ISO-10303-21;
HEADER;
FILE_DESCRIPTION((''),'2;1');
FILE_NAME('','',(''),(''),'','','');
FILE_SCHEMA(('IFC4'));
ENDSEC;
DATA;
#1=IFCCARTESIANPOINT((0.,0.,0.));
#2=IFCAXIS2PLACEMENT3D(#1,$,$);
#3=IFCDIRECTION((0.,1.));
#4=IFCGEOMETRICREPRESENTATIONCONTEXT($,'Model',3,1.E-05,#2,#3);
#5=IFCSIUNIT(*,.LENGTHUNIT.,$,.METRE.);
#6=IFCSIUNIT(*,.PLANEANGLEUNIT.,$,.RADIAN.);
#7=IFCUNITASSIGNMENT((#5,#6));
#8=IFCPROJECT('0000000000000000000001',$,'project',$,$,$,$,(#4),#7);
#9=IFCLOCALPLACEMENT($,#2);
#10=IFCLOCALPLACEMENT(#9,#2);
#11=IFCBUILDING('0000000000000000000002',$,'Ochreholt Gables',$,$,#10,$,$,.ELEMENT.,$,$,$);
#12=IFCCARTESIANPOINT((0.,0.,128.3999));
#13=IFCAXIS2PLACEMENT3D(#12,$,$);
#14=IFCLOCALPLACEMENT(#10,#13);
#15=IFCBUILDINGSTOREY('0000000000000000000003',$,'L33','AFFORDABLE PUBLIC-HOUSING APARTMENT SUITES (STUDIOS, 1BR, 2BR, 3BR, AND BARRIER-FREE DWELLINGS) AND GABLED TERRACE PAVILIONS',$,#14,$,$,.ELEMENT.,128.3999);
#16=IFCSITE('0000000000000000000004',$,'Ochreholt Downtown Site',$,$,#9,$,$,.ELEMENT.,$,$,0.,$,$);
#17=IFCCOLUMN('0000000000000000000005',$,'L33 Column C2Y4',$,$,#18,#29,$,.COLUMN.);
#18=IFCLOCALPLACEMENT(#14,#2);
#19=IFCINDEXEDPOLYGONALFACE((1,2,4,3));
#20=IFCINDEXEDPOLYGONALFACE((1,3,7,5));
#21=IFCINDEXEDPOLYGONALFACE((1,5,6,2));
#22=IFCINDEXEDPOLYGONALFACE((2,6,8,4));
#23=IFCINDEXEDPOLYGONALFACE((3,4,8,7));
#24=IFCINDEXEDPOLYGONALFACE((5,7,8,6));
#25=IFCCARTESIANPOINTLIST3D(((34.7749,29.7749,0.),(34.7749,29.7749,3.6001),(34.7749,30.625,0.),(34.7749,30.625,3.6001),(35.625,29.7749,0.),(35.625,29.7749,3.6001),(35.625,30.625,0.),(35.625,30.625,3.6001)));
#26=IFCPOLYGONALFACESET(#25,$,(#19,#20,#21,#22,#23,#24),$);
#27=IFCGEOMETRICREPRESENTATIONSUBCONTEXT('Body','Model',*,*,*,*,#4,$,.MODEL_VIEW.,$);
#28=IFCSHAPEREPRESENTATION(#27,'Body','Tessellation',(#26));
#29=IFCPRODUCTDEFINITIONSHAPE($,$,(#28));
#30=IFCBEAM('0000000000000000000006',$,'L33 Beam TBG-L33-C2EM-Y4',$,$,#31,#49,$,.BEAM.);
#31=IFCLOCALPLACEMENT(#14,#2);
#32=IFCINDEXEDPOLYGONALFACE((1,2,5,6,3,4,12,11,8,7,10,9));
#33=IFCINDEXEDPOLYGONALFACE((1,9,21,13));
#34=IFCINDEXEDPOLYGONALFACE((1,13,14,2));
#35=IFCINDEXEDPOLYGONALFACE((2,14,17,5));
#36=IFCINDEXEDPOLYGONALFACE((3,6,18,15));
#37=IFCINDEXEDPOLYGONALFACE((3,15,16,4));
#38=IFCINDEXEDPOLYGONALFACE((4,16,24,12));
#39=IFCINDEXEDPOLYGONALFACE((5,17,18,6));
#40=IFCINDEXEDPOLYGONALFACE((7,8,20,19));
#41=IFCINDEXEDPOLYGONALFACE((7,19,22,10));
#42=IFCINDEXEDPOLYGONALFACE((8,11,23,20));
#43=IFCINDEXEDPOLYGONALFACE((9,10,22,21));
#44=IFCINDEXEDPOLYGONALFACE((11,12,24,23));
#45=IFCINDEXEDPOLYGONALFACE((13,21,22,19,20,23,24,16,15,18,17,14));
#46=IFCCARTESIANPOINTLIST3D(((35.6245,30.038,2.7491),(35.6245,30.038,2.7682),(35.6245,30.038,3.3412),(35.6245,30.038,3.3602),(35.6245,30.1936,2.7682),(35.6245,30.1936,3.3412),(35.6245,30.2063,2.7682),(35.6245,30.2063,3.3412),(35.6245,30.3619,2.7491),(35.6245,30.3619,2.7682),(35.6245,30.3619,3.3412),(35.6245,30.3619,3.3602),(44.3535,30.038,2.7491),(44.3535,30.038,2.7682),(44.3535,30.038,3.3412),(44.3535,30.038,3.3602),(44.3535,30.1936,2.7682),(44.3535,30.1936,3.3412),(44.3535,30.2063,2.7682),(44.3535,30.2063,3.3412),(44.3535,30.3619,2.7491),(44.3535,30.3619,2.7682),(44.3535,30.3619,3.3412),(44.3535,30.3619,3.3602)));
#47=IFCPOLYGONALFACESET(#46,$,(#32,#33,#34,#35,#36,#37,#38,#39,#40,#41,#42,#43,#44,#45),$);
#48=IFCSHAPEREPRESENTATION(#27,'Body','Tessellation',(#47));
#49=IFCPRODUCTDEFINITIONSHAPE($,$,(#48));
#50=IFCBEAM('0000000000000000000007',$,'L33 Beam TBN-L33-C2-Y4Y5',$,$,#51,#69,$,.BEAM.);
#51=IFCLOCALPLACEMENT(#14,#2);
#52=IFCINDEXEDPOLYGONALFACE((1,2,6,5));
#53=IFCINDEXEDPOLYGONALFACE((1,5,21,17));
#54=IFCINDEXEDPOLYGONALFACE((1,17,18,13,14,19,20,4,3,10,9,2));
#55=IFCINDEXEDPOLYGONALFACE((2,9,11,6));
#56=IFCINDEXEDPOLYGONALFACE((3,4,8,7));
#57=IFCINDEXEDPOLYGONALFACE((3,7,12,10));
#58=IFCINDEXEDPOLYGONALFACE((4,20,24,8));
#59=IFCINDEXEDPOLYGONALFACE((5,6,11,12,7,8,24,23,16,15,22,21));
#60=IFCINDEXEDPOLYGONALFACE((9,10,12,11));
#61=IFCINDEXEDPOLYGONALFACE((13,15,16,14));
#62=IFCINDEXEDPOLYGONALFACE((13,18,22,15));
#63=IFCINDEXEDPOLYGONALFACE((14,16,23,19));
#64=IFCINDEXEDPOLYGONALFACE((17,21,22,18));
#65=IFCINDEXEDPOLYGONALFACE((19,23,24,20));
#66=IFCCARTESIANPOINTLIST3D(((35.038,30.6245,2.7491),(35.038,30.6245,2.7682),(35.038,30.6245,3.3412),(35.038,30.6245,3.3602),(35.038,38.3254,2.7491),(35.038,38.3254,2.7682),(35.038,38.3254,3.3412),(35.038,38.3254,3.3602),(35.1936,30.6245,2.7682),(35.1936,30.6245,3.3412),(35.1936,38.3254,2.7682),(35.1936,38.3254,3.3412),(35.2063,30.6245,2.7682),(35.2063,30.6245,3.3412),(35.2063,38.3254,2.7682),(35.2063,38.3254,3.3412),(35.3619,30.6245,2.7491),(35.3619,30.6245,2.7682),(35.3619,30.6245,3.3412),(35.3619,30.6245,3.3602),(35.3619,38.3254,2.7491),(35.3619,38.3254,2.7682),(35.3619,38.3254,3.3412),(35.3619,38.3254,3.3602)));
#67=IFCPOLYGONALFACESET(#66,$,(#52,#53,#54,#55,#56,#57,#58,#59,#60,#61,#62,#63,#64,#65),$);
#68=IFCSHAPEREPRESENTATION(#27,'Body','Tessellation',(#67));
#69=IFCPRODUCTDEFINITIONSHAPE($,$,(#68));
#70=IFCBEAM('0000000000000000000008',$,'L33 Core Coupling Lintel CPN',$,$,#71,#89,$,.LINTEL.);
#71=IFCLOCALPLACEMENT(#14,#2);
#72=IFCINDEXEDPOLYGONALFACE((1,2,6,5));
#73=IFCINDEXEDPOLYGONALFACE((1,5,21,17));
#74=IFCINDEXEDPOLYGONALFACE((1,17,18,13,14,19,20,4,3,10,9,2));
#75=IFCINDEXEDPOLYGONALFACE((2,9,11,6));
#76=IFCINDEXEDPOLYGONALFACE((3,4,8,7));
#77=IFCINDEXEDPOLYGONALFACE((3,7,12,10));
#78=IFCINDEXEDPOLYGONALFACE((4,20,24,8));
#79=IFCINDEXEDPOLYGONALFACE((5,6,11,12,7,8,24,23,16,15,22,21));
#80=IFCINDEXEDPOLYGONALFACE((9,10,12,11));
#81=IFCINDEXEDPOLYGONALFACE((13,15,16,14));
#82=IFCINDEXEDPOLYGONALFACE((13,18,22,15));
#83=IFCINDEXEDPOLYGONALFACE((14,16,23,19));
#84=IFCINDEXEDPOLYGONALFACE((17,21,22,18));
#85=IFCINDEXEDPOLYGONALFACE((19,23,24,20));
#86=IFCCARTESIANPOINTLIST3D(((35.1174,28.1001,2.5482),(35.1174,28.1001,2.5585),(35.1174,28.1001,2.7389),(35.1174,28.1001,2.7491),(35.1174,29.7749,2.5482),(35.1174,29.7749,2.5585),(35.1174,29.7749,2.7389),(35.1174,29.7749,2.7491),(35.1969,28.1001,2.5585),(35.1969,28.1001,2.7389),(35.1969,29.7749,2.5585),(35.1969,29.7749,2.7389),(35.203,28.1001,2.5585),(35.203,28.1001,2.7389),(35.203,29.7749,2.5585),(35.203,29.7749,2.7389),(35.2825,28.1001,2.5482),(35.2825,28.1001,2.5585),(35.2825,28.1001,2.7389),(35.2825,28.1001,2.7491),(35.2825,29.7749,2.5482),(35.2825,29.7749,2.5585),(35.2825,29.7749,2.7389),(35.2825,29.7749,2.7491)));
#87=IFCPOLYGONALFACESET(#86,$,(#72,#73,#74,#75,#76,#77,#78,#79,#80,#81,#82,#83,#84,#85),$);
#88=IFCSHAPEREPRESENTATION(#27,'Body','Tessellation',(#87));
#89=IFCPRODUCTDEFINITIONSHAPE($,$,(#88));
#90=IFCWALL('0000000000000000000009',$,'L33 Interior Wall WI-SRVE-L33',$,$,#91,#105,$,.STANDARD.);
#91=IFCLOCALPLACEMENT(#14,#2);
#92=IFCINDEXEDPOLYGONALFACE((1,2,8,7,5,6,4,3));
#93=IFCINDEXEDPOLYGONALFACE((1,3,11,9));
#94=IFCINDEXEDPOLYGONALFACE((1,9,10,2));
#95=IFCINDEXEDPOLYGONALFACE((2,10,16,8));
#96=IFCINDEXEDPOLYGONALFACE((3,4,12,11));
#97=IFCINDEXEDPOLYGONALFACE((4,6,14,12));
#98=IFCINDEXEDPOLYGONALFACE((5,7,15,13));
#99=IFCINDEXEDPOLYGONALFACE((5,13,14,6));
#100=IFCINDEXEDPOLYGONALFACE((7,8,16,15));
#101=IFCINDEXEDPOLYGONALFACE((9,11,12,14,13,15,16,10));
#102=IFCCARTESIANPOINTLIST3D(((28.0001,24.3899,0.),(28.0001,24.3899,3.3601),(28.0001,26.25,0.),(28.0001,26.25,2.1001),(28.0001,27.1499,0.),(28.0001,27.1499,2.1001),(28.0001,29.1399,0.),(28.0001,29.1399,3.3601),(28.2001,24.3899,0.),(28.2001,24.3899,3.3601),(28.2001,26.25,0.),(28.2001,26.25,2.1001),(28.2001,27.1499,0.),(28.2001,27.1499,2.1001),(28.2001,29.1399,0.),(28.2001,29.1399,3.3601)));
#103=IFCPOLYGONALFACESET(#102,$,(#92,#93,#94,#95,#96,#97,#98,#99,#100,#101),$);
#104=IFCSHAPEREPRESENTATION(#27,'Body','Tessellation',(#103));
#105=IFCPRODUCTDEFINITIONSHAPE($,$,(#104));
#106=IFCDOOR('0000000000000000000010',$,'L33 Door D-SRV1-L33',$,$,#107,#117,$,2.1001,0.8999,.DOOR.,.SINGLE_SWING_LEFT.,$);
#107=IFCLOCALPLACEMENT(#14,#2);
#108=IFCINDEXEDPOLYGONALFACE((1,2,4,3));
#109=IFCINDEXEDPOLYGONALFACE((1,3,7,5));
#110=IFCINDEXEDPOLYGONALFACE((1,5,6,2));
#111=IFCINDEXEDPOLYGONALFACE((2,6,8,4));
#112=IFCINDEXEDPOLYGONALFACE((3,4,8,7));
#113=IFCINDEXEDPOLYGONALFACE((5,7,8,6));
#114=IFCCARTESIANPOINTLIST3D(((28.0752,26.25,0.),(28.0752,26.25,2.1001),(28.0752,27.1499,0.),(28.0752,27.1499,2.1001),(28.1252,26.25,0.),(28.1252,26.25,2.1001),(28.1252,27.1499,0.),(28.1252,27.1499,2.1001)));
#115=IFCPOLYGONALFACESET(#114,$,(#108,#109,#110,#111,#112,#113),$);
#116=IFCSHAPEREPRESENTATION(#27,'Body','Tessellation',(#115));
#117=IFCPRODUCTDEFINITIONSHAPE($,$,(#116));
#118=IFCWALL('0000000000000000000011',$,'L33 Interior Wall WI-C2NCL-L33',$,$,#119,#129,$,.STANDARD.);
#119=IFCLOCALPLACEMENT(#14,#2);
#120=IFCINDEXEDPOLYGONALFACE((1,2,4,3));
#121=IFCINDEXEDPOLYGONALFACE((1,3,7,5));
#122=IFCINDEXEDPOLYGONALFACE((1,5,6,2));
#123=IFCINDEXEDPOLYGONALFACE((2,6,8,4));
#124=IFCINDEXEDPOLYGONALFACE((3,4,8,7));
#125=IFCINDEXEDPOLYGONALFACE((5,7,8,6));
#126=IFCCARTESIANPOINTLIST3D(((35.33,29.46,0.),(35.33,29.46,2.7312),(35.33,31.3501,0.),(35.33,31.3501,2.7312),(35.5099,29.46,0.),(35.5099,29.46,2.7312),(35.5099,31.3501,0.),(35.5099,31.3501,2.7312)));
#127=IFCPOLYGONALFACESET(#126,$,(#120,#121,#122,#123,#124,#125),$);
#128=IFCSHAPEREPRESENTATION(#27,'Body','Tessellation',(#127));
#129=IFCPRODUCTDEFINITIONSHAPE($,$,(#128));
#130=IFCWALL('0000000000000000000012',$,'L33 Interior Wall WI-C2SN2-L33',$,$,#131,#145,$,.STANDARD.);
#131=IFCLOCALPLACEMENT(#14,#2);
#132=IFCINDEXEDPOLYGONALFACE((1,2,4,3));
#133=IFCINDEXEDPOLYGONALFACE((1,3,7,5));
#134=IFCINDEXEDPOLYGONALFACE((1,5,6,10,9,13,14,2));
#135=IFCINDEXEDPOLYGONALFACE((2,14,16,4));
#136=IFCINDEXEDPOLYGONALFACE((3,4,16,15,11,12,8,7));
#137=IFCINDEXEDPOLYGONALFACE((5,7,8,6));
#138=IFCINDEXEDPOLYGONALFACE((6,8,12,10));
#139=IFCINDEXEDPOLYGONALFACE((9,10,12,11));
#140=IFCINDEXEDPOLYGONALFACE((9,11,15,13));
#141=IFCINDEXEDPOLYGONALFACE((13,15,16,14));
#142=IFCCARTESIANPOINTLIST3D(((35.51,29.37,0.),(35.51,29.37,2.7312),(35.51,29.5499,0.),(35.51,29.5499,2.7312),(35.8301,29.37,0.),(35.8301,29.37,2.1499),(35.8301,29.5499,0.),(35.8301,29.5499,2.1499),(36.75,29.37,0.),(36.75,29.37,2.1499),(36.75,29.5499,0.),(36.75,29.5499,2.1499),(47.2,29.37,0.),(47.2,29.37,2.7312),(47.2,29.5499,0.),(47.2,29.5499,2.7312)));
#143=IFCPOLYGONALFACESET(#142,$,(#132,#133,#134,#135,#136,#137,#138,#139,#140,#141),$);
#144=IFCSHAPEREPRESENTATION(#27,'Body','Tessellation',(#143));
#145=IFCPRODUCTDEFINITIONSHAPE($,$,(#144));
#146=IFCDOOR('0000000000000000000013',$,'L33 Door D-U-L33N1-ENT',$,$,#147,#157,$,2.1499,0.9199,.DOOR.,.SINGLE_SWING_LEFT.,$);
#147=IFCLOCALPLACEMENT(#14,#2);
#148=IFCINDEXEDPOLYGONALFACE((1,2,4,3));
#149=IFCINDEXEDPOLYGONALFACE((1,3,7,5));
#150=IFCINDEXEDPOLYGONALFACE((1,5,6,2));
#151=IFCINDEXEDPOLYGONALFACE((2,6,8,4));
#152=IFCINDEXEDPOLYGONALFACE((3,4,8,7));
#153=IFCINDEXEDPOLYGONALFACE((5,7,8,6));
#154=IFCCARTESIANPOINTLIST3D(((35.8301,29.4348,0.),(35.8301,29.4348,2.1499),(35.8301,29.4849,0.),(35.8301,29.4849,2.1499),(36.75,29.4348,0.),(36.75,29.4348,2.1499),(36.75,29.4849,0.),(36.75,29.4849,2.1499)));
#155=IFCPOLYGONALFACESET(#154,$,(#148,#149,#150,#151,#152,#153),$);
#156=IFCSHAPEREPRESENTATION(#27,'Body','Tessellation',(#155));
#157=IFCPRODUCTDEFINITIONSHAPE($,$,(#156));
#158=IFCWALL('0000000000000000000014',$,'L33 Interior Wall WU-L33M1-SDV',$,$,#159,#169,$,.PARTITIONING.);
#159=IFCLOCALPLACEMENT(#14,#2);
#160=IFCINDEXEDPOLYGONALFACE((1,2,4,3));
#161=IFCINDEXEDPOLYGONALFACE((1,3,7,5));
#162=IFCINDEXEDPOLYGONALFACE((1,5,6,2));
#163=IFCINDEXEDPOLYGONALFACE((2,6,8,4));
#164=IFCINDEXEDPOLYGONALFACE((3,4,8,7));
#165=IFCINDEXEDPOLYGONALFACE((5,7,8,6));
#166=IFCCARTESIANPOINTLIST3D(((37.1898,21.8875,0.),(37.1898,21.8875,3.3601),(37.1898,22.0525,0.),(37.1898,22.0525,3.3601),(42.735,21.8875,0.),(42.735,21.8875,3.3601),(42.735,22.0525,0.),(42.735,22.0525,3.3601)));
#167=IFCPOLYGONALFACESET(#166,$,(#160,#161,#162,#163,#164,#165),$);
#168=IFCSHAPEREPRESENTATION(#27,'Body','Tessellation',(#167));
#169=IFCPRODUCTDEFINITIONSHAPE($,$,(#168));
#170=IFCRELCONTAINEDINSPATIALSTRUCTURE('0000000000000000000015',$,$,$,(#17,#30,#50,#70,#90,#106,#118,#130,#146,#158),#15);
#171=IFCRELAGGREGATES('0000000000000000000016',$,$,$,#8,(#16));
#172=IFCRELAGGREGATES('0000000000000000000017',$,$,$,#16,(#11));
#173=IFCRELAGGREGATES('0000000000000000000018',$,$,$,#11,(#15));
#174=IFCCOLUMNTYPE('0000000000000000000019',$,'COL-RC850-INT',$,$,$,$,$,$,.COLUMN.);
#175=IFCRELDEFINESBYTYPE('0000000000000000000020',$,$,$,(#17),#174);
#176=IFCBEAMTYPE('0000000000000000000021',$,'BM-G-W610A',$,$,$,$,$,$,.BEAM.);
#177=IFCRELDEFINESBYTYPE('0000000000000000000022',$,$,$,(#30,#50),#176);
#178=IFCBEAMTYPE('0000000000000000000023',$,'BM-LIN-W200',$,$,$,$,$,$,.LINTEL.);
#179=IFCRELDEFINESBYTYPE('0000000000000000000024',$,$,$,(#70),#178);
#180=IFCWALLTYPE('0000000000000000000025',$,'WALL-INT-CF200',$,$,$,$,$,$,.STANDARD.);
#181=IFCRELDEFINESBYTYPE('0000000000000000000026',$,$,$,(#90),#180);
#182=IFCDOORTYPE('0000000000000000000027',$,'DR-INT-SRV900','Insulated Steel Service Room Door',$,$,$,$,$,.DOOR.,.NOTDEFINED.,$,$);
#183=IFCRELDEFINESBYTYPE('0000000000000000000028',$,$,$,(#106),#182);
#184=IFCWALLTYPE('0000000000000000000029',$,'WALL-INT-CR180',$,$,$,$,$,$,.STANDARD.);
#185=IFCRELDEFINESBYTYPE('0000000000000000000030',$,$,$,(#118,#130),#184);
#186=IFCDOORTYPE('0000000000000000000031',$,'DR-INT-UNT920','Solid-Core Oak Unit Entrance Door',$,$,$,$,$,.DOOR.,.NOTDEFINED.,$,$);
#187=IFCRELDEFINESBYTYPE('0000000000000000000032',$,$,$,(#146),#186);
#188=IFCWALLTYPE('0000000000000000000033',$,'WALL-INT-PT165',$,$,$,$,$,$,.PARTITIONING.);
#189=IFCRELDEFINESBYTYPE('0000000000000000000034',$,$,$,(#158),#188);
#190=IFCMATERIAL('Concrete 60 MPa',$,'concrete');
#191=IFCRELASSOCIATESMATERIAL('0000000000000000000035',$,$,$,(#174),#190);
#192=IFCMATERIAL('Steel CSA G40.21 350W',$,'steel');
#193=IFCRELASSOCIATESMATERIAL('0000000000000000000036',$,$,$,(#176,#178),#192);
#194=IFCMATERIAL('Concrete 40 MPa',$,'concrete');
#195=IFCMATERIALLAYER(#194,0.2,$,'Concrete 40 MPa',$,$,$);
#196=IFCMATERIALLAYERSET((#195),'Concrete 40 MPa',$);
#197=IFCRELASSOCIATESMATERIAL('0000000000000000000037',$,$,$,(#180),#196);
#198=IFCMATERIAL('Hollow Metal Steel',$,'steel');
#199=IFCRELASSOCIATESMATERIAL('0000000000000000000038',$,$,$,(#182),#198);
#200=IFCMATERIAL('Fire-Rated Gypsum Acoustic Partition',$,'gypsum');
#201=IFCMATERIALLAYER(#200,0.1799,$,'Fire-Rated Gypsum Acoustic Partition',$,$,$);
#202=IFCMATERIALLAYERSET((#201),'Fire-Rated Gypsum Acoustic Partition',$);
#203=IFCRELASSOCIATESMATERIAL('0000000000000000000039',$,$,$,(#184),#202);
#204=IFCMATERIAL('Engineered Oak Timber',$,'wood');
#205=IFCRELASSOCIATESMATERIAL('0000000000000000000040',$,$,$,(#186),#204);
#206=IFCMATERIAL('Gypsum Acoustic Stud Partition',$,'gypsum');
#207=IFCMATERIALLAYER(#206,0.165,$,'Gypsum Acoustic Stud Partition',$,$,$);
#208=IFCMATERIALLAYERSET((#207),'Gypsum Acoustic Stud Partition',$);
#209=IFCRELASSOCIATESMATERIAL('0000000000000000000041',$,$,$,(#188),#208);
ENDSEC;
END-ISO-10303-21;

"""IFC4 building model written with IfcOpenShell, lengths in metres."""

from ifc_helpers import new_model, si_unit, direction, frame, frame_2d, origin, origin_2d, place, context, subcontext, project, spatial, rectangle, i_section, extrude, material, layer, layer_set, material_profile, profile_set, type_object, element, fill, save


model = new_model("IFC4")

# Units and contexts
model_context = context("Model", 3, precision=1e-05, world=origin(), true_north=direction((0.0, 1.0)))
body_context = subcontext(model_context, "Body", "Model", "MODEL_VIEW")
ifc_project = project(units=[si_unit("LENGTHUNIT", "METRE"), si_unit("PLANEANGLEUNIT", "RADIAN")], contexts=[model_context])

# Site, building, storey
site_placement = place(None, origin())
site = spatial("IfcSite", under=ifc_project, at=site_placement, Name="Ochreholt Downtown Site", CompositionType="ELEMENT", RefElevation=0.0)
building_placement = place(site_placement, origin())
building = spatial("IfcBuilding", under=site, at=building_placement, Name="Ochreholt Gables", CompositionType="ELEMENT")
storey_placement = place(building_placement, frame((0.0, 0.0, 128.3999)))
storey = spatial("IfcBuildingStorey", under=building, at=storey_placement, Name="L33", Description="AFFORDABLE PUBLIC-HOUSING APARTMENT SUITES (STUDIOS, 1BR, 2BR, 3BR, AND BARRIER-FREE DWELLINGS) AND GABLED TERRACE PAVILIONS", CompositionType="ELEMENT", Elevation=128.3999)

# Column
ifc_material_1 = material(Name="Concrete 60 MPa", Category="concrete")
ifc_material_profile_1 = material_profile(ifc_material_1, rectangle(XDim=0.8501, YDim=0.8501, at=origin_2d()), Name="RC850X850")
ifc_profile_set_1 = profile_set([ifc_material_profile_1], Name="Concrete 60 MPa")
column_type = type_object("IfcColumnType", Name="COL-RC850-INT", PredefinedType="COLUMN", material=ifc_profile_set_1)
column_placement = place(storey_placement, frame((35.2, 30.2, 0.0), z_axis=(0.0, 0.0, 1.0), x_axis=(1.0, 0.0, 0.0)))
element("IfcColumn", 1, at=column_placement, inside=storey, type_object=column_type, Name="L33 Column C2Y4", PredefinedType="COLUMN", context=body_context, shape_type="SweptSolid", body=[
    extrude(rectangle(XDim=0.8501, YDim=0.8501, at=origin_2d()), origin(), (0.0, 0.0, 1.0), 3.6001),
])

# Beams
ifc_material_2 = material(Name="Steel CSA G40.21 350W", Category="steel")
ifc_material_profile_2 = material_profile(ifc_material_2, i_section(OverallWidth=0.324, OverallDepth=0.6111, WebThickness=0.0127, FlangeThickness=0.019, at=origin_2d()), Name="W610X155")
ifc_profile_set_2 = profile_set([ifc_material_profile_2], Name="Steel CSA G40.21 350W")
beam_type_1 = type_object("IfcBeamType", Name="BM-G-W610A", PredefinedType="BEAM", material=ifc_profile_set_2)
beam_1_placement = place(storey_placement, frame((35.6245, 30.2, 3.0547), z_axis=(1.0, 0.0, 0.0), x_axis=(0.0, 1.0, 0.0)))
element("IfcBeam", 2, at=beam_1_placement, inside=storey, type_object=beam_type_1, Name="L33 Beam TBG-L33-C2EM-Y4", PredefinedType="BEAM", context=body_context, shape_type="SweptSolid", body=[
    extrude(i_section(OverallWidth=0.324, OverallDepth=0.6111, WebThickness=0.0127, FlangeThickness=0.019, at=origin_2d()), origin(), (0.0, 0.0, 1.0), 8.729),
])
beam_2_placement = place(storey_placement, frame((35.2, 30.6245, 3.0547), z_axis=(0.0, 1.0, 0.0), x_axis=(-1.0, 0.0, 0.0)))
element("IfcBeam", 3, at=beam_2_placement, inside=storey, type_object=beam_type_1, Name="L33 Beam TBN-L33-C2-Y4Y5", PredefinedType="BEAM", context=body_context, shape_type="SweptSolid", body=[
    extrude(i_section(OverallWidth=0.324, OverallDepth=0.6111, WebThickness=0.0127, FlangeThickness=0.019, at=origin_2d()), origin(), (0.0, 0.0, 1.0), 7.7009),
])
ifc_material_profile_3 = material_profile(ifc_material_2, i_section(OverallWidth=0.165, OverallDepth=0.2009, WebThickness=0.0061, FlangeThickness=0.0103, at=origin_2d()), Name="W200X36")
ifc_profile_set_3 = profile_set([ifc_material_profile_3], Name="Steel CSA G40.21 350W")
beam_type_2 = type_object("IfcBeamType", Name="BM-LIN-W200", PredefinedType="LINTEL", material=ifc_profile_set_3)
beam_3_placement = place(storey_placement, frame((35.2, 28.1001, 2.6487), z_axis=(0.0, 1.0, 0.0), x_axis=(-1.0, 0.0, 0.0)))
element("IfcBeam", 4, at=beam_3_placement, inside=storey, type_object=beam_type_2, Name="L33 Core Coupling Lintel CPN", PredefinedType="LINTEL", context=body_context, shape_type="SweptSolid", body=[
    extrude(i_section(OverallWidth=0.165, OverallDepth=0.2009, WebThickness=0.0061, FlangeThickness=0.0103, at=origin_2d()), origin(), (0.0, 0.0, 1.0), 1.6748),
])

# Wall, opening, door
ifc_material_3 = material(Name="Concrete 40 MPa", Category="concrete")
ifc_layer_1 = layer(ifc_material_3, 0.2, Name="Concrete 40 MPa")
ifc_layer_set_1 = layer_set([ifc_layer_1], Name="Concrete 40 MPa")
wall_type_1 = type_object("IfcWallType", Name="WALL-INT-CF200", PredefinedType="STANDARD", material=ifc_layer_set_1)
wall_1_placement = place(storey_placement, frame((28.1001, 24.3899, 0.0), z_axis=(0.0, 0.0, 1.0), x_axis=(0.0, 1.0, 0.0)))
wall_1 = element("IfcWall", 5, at=wall_1_placement, inside=storey, type_object=wall_type_1, Name="L33 Interior Wall WI-SRVE-L33", PredefinedType="STANDARD", context=body_context, shape_type="SweptSolid", body=[
    extrude(rectangle(XDim=4.75, YDim=0.2, at=frame_2d((2.375, 0.0))), origin(), (0.0, 0.0, 1.0), 3.3601),
])
opening_1_placement = place(wall_1_placement, frame((1.8601, 0.0, 0.0)))
opening_1 = element("IfcOpeningElement", 6, at=opening_1_placement, cuts=wall_1, PredefinedType="OPENING", context=body_context, shape_type="SweptSolid", body=[
    extrude(rectangle(XDim=0.8999, YDim=2.1001, at=frame_2d((0.45, 1.05))), frame((0.0, 0.1099, 0.0), z_axis=(0.0, -1.0, 0.0), x_axis=(1.0, 0.0, 0.0)), (0.0, 0.0, 1.0), 0.22),
])
ifc_material_4 = material(Name="Hollow Metal Steel", Category="steel")
door_type_1 = type_object("IfcDoorType", Name="DR-INT-SRV900", Description="Insulated Steel Service Room Door", OperationType="NOTDEFINED", PredefinedType="DOOR", material=ifc_material_4)
door_1_placement = place(opening_1_placement, origin())
door_1 = element("IfcDoor", 7, at=door_1_placement, inside=storey, type_object=door_type_1, Name="L33 Door D-SRV1-L33", OperationType="SINGLE_SWING_LEFT", OverallHeight=2.1001, OverallWidth=0.8999, PredefinedType="DOOR", context=body_context, shape_type="SweptSolid", body=[
    extrude(rectangle(XDim=0.8999, YDim=2.1001, at=frame_2d((0.45, 1.05))), frame((0.0, 0.0249, 0.0), z_axis=(0.0, -1.0, 0.0), x_axis=(1.0, 0.0, 0.0)), (0.0, 0.0, 1.0), 0.05),
])
fill(opening_1, door_1)

# Wall
ifc_material_5 = material(Name="Fire-Rated Gypsum Acoustic Partition", Category="gypsum")
ifc_layer_2 = layer(ifc_material_5, 0.1799, Name="Fire-Rated Gypsum Acoustic Partition")
ifc_layer_set_2 = layer_set([ifc_layer_2], Name="Fire-Rated Gypsum Acoustic Partition")
wall_type_2 = type_object("IfcWallType", Name="WALL-INT-CR180", PredefinedType="STANDARD", material=ifc_layer_set_2)
wall_2_placement = place(storey_placement, frame((35.4199, 29.46, 0.0), z_axis=(0.0, 0.0, 1.0), x_axis=(0.0, 1.0, 0.0)))
element("IfcWall", 8, at=wall_2_placement, inside=storey, type_object=wall_type_2, Name="L33 Interior Wall WI-C2NCL-L33", PredefinedType="STANDARD", context=body_context, shape_type="SweptSolid", body=[
    extrude(rectangle(XDim=1.8901, YDim=0.1799, at=frame_2d((0.9451, 0.0))), origin(), (0.0, 0.0, 1.0), 2.7312),
])

# Wall, opening, door
wall_3_placement = place(storey_placement, frame((35.51, 29.46, 0.0), z_axis=(0.0, 0.0, 1.0), x_axis=(1.0, 0.0, 0.0)))
wall_3 = element("IfcWall", 9, at=wall_3_placement, inside=storey, type_object=wall_type_2, Name="L33 Interior Wall WI-C2SN2-L33", PredefinedType="STANDARD", context=body_context, shape_type="SweptSolid", body=[
    extrude(rectangle(XDim=11.6899, YDim=0.1799, at=frame_2d((5.845, 0.0))), origin(), (0.0, 0.0, 1.0), 2.7312),
])
opening_2_placement = place(wall_3_placement, frame((0.3201, 0.0, 0.0)))
opening_2 = element("IfcOpeningElement", 10, at=opening_2_placement, cuts=wall_3, PredefinedType="OPENING", context=body_context, shape_type="SweptSolid", body=[
    extrude(rectangle(XDim=0.9199, YDim=2.1499, at=frame_2d((0.46, 1.075))), frame((0.0, 0.0999, 0.0), z_axis=(0.0, -1.0, 0.0), x_axis=(1.0, 0.0, 0.0)), (0.0, 0.0, 1.0), 0.2),
])
ifc_material_6 = material(Name="Engineered Oak Timber", Category="wood")
door_type_2 = type_object("IfcDoorType", Name="DR-INT-UNT920", Description="Solid-Core Oak Unit Entrance Door", OperationType="NOTDEFINED", PredefinedType="DOOR", material=ifc_material_6)
door_2_placement = place(opening_2_placement, origin())
door_2 = element("IfcDoor", 11, at=door_2_placement, inside=storey, type_object=door_type_2, Name="L33 Door D-U-L33N1-ENT", OperationType="SINGLE_SWING_LEFT", OverallHeight=2.1499, OverallWidth=0.9199, PredefinedType="DOOR", context=body_context, shape_type="SweptSolid", body=[
    extrude(rectangle(XDim=0.9199, YDim=2.1499, at=frame_2d((0.46, 1.075))), frame((0.0, 0.0249, 0.0), z_axis=(0.0, -1.0, 0.0), x_axis=(1.0, 0.0, 0.0)), (0.0, 0.0, 1.0), 0.05),
])
fill(opening_2, door_2)

# Wall
ifc_material_7 = material(Name="Gypsum Acoustic Stud Partition", Category="gypsum")
ifc_layer_3 = layer(ifc_material_7, 0.165, Name="Gypsum Acoustic Stud Partition")
ifc_layer_set_3 = layer_set([ifc_layer_3], Name="Gypsum Acoustic Stud Partition")
wall_type_3 = type_object("IfcWallType", Name="WALL-INT-PT165", PredefinedType="PARTITIONING", material=ifc_layer_set_3)
wall_4_placement = place(storey_placement, frame((37.1899, 21.97, 0.0), z_axis=(0.0, 0.0, 1.0), x_axis=(1.0, 0.0, 0.0)))
element("IfcWall", 12, at=wall_4_placement, inside=storey, type_object=wall_type_3, Name="L33 Interior Wall WU-L33M1-SDV", PredefinedType="PARTITIONING", context=body_context, shape_type="SweptSolid", body=[
    extrude(rectangle(XDim=5.5452, YDim=0.165, at=frame_2d((2.7725, 0.0))), origin(), (0.0, 0.0, 1.0), 3.3601),
])

save(model, "model.ifc")
